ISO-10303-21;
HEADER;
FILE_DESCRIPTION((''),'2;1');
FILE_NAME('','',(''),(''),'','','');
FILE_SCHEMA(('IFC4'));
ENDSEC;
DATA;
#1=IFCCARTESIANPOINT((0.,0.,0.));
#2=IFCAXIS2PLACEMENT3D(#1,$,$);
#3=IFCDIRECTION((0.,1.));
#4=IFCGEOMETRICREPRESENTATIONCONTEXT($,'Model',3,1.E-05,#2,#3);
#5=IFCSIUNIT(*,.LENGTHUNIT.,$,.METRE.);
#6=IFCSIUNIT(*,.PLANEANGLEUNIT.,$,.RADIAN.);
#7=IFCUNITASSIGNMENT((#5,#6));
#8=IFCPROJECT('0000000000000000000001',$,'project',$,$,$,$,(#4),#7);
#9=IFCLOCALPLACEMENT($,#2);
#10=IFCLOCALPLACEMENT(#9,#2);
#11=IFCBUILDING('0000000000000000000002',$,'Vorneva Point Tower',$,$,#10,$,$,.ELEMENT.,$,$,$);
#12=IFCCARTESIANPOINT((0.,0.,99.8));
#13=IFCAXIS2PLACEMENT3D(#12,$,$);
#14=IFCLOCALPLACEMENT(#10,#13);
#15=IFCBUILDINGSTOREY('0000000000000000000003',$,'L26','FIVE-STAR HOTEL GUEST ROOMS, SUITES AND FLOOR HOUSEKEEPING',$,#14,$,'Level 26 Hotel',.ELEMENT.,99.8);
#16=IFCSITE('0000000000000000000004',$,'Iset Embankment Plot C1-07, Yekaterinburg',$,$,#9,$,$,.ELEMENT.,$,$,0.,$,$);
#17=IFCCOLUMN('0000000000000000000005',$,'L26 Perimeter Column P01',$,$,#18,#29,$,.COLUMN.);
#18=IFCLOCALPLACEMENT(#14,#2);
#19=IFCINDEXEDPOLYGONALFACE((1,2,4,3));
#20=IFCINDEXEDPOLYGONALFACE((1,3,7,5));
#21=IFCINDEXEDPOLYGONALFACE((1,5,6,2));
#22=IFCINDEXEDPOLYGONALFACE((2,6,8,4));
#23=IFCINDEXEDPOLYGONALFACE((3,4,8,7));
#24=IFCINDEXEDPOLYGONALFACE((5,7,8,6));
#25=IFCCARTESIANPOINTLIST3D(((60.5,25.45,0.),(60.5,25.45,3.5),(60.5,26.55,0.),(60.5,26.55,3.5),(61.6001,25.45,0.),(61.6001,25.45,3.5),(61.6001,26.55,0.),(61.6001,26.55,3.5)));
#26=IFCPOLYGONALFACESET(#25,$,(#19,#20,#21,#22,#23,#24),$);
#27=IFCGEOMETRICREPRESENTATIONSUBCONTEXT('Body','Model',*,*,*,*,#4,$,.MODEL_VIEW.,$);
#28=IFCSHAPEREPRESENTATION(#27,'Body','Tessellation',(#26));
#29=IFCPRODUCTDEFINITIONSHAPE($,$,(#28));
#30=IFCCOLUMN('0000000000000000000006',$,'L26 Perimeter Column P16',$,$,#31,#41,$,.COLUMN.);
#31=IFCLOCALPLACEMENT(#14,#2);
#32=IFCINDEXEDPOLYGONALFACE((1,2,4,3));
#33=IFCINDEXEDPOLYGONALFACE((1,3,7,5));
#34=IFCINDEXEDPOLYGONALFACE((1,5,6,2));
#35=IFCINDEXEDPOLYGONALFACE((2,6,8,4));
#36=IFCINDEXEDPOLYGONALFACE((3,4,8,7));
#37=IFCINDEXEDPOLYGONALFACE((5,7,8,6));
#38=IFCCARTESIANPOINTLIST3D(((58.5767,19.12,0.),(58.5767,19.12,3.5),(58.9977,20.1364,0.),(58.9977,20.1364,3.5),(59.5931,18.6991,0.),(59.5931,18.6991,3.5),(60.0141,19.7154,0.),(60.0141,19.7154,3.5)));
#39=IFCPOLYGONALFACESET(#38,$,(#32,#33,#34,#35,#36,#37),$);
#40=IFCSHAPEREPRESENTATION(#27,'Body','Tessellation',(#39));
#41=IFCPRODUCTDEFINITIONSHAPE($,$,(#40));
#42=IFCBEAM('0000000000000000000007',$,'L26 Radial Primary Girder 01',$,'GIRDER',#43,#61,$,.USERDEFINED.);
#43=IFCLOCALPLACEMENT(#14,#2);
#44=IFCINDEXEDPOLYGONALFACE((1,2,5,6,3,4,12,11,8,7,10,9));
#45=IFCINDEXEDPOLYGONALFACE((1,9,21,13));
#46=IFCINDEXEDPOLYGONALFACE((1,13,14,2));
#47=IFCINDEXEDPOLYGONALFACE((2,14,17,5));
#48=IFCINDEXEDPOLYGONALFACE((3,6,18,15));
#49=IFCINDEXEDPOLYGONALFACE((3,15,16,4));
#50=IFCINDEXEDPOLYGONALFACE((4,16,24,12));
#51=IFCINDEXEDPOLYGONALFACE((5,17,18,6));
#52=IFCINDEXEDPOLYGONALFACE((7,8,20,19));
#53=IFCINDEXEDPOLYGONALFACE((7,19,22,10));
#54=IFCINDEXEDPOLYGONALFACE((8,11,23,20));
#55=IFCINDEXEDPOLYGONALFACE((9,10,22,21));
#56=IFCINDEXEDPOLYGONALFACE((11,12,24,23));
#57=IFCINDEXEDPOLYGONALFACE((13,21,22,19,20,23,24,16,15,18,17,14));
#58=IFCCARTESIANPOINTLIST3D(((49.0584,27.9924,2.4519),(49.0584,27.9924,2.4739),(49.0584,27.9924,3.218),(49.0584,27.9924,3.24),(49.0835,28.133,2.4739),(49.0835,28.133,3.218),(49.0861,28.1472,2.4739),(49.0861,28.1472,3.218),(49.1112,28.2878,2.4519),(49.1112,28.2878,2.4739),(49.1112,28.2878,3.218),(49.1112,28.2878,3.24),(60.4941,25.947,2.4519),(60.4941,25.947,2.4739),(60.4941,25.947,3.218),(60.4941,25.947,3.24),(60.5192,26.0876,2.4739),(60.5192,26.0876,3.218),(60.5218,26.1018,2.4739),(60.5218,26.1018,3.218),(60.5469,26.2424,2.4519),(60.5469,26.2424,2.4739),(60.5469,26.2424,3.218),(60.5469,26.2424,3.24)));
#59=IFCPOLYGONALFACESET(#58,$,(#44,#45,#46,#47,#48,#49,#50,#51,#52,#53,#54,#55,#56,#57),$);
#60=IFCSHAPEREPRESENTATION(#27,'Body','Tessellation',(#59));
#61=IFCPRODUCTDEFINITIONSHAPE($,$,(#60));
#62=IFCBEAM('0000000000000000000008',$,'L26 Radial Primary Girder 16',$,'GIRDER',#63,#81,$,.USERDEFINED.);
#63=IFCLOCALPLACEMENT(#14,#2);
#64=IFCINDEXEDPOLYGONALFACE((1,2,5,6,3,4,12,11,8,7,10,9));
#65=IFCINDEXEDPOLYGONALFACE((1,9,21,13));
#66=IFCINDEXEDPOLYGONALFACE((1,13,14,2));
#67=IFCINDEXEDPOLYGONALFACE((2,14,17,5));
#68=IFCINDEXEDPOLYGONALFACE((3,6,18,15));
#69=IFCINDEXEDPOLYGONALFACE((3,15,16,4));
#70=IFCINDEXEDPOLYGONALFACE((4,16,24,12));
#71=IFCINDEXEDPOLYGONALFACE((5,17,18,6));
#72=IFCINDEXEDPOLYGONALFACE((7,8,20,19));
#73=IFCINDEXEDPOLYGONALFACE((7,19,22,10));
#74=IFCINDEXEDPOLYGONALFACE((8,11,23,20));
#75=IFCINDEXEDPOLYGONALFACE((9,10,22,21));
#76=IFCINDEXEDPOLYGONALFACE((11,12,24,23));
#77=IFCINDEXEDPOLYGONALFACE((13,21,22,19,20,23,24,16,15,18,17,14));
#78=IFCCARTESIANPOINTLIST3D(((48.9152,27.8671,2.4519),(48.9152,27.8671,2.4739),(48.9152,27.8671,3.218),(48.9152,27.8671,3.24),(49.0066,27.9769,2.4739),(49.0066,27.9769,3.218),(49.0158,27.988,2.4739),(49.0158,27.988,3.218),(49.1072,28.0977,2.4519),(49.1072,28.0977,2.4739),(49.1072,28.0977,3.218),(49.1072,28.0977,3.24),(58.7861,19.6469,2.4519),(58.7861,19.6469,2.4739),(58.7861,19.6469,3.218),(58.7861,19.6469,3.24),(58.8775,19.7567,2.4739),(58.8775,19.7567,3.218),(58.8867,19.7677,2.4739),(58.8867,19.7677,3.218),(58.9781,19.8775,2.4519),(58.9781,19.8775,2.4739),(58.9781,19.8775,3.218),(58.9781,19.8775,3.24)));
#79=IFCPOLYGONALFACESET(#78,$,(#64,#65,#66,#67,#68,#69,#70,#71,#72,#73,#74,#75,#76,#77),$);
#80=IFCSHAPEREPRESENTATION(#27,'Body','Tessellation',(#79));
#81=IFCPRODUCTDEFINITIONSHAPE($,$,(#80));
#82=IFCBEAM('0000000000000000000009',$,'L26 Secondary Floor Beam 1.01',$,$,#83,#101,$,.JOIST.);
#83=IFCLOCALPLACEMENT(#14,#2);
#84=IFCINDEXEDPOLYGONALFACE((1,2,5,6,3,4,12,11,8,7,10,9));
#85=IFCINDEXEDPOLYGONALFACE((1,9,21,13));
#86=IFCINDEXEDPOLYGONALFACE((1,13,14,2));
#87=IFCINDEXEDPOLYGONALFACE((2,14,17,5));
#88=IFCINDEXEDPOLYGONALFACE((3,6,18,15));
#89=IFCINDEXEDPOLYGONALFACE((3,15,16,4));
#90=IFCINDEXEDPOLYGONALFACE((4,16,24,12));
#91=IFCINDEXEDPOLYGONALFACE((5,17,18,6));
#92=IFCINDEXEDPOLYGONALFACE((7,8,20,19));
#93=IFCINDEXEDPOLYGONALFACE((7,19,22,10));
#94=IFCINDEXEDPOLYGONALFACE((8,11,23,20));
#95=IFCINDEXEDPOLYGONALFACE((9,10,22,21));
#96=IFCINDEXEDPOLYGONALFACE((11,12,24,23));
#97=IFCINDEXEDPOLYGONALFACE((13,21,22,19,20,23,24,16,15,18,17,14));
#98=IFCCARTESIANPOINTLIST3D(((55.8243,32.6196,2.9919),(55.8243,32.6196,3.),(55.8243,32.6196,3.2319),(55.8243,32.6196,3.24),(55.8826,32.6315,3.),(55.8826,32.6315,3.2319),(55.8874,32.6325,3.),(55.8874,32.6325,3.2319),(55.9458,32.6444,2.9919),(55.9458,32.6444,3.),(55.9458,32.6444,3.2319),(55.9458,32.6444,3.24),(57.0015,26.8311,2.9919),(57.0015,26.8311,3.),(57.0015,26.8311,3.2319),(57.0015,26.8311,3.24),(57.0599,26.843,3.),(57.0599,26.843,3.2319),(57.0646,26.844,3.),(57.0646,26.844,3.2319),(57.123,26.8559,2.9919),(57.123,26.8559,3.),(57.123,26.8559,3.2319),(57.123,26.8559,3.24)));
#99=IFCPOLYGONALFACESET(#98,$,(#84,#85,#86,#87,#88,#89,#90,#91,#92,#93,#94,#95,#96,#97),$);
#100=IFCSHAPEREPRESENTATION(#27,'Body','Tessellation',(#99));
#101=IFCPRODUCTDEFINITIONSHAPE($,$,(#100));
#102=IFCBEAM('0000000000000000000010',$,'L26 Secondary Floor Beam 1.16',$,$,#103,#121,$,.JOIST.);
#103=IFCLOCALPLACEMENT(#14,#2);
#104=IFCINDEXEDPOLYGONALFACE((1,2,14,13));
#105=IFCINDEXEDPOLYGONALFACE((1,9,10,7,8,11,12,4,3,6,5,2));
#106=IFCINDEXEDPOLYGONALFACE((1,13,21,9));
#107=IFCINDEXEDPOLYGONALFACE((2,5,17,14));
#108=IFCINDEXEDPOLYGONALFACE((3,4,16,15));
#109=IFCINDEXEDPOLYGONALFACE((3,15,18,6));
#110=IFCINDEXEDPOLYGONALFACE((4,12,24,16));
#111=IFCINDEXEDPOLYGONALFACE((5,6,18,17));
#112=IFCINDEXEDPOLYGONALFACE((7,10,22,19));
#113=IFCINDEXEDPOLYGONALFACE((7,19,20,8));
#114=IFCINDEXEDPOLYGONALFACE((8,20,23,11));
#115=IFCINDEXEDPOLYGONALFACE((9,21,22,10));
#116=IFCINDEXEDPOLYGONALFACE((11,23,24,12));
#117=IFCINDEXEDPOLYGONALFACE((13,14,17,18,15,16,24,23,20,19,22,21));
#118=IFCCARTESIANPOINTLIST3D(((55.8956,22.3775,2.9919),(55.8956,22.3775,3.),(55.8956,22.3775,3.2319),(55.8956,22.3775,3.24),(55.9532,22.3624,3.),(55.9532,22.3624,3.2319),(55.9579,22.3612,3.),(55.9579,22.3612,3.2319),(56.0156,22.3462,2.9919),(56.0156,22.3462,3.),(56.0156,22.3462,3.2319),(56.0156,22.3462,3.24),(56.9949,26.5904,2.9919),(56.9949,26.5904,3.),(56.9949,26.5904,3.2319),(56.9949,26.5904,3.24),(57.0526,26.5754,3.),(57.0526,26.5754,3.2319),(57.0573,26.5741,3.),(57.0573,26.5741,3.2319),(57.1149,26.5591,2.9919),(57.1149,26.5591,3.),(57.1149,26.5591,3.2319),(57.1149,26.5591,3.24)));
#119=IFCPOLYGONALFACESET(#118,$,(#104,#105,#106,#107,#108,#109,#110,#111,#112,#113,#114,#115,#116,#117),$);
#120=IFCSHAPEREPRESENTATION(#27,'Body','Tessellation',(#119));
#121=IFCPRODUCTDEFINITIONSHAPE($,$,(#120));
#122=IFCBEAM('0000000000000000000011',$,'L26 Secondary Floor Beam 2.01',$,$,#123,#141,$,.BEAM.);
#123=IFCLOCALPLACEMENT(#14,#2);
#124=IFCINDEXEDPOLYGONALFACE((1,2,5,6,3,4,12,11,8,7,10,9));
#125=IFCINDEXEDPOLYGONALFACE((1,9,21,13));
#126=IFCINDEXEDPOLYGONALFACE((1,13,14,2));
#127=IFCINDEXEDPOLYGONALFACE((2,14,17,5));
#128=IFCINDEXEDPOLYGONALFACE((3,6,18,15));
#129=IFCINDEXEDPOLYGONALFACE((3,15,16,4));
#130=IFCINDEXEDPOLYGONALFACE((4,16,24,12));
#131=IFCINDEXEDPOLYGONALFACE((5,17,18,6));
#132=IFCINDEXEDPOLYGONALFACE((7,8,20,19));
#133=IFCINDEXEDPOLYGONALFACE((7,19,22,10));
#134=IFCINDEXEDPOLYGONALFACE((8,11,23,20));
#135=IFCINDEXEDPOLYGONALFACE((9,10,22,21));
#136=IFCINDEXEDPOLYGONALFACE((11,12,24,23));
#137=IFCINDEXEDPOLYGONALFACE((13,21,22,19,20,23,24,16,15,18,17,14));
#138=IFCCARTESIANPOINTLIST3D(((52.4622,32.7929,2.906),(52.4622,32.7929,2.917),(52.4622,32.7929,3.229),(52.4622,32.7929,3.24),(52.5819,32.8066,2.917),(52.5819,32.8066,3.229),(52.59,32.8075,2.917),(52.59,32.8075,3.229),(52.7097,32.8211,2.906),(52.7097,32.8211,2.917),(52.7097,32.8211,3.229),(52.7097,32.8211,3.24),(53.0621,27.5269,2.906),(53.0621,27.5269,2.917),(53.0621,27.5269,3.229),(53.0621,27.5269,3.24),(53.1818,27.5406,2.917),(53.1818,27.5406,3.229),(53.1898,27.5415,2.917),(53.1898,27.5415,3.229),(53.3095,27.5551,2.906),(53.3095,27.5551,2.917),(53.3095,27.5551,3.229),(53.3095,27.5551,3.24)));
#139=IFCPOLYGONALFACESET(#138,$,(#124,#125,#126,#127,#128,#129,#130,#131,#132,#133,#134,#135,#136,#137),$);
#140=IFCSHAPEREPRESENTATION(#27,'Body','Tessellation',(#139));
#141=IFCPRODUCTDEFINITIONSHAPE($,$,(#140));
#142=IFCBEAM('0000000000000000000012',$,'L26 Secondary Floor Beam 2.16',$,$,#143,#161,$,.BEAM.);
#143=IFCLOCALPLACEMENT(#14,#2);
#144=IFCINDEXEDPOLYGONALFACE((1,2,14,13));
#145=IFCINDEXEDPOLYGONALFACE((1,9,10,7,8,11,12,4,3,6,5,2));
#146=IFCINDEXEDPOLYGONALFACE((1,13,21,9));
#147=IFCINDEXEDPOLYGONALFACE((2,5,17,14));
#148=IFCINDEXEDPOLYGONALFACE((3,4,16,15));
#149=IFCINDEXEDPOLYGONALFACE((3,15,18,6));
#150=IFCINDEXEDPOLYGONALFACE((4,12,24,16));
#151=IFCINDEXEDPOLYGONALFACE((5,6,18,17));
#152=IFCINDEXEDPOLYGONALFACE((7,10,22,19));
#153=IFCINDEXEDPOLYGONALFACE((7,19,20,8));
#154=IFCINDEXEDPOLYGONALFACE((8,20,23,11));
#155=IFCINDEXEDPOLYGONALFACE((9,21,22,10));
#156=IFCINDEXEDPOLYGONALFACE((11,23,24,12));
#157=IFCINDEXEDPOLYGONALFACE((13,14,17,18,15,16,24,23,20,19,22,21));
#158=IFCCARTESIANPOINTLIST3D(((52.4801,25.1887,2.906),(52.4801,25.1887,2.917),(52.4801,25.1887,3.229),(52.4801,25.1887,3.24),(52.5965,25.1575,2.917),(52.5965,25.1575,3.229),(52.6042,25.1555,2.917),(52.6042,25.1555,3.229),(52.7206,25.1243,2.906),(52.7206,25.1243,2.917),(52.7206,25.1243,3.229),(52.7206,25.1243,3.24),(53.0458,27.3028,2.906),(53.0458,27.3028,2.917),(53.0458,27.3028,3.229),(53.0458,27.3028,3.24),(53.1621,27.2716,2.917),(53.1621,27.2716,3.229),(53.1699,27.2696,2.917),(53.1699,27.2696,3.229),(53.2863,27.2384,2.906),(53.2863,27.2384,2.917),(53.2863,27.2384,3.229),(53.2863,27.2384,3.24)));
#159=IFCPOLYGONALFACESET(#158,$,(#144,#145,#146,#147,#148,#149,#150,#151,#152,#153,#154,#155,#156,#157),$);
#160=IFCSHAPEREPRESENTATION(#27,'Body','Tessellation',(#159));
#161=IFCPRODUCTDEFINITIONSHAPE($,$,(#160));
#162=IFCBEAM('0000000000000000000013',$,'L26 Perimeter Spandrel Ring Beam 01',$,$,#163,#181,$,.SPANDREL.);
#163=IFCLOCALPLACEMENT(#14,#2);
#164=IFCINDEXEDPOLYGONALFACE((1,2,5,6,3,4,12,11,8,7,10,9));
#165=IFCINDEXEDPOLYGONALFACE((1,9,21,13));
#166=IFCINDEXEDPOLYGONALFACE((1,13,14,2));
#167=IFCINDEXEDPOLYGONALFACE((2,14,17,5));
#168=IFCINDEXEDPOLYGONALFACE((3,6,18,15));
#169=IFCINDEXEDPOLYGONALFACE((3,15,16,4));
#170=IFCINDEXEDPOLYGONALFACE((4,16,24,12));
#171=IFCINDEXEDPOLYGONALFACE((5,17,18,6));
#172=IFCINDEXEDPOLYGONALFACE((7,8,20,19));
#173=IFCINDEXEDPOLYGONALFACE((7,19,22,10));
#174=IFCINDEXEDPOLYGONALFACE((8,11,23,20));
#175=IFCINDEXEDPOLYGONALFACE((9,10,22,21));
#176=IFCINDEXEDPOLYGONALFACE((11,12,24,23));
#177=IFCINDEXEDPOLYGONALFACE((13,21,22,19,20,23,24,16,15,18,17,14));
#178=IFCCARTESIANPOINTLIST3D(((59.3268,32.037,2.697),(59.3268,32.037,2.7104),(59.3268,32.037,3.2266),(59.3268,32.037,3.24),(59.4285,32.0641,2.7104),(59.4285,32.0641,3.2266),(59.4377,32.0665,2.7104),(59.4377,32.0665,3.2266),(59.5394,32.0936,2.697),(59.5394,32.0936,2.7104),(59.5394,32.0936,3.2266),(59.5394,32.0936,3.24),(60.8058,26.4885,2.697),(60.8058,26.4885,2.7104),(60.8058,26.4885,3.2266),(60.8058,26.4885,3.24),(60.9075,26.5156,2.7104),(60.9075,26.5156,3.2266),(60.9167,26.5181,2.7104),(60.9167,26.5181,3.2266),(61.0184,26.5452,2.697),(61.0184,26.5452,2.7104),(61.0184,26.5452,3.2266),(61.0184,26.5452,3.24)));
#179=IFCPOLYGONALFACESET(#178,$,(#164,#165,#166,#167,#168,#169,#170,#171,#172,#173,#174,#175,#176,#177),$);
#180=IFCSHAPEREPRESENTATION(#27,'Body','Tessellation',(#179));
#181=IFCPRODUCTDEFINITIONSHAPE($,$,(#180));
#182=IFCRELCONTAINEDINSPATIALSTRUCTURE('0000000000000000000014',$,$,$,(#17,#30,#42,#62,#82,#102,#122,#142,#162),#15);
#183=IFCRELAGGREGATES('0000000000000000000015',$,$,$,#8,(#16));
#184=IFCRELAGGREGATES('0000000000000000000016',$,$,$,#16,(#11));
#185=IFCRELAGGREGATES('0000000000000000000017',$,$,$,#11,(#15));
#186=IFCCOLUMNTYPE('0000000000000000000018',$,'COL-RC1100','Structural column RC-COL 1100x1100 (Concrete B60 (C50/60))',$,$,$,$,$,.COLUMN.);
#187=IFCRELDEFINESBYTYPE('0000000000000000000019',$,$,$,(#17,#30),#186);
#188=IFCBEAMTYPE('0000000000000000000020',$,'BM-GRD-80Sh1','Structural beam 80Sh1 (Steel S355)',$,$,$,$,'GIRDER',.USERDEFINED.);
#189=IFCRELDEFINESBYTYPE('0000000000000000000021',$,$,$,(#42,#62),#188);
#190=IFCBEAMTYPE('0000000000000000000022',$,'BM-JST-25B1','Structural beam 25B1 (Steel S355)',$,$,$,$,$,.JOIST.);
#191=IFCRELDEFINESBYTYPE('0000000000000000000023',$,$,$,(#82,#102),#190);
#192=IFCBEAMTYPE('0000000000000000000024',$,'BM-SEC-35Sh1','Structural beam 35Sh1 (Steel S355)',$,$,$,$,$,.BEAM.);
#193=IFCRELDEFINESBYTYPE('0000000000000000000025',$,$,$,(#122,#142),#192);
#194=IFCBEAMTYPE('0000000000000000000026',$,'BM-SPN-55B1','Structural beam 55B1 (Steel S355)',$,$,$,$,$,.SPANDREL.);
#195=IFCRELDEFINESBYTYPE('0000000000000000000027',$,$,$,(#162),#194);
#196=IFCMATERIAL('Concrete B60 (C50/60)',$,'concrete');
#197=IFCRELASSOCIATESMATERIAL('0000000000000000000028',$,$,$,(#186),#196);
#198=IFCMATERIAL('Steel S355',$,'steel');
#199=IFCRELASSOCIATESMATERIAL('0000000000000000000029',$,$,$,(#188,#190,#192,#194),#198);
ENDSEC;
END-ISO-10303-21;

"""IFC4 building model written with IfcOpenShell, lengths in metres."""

from ifc_helpers import new_model, si_unit, direction, frame, origin, origin_2d, place, context, subcontext, project, spatial, rectangle, i_section, extrude, material, material_profile, profile_set, type_object, element, save


model = new_model("IFC4")

# Units and contexts
model_context = context("Model", 3, precision=1e-05, world=origin(), true_north=direction((0.0, 1.0)))
body_context = subcontext(model_context, "Body", "Model", "MODEL_VIEW")
ifc_project = project(units=[si_unit("LENGTHUNIT", "METRE"), si_unit("PLANEANGLEUNIT", "RADIAN")], contexts=[model_context])

# Site, building, storey
site_placement = place(None, origin())
site = spatial("IfcSite", under=ifc_project, at=site_placement, Name="Iset Embankment Plot C1-07, Yekaterinburg", CompositionType="ELEMENT", RefElevation=0.0)
building_placement = place(site_placement, origin())
building = spatial("IfcBuilding", under=site, at=building_placement, Name="Vorneva Point Tower", CompositionType="ELEMENT")
storey_placement = place(building_placement, frame((0.0, 0.0, 99.8)))
storey = spatial("IfcBuildingStorey", under=building, at=storey_placement, Name="L26", Description="FIVE-STAR HOTEL GUEST ROOMS, SUITES AND FLOOR HOUSEKEEPING", LongName="Level 26 Hotel", CompositionType="ELEMENT", Elevation=99.8)

# Columns
ifc_material_1 = material(Name="Concrete B60 (C50/60)", Category="concrete")
ifc_material_profile_1 = material_profile(ifc_material_1, rectangle(XDim=1.1001, YDim=1.1001, at=origin_2d()), Name="RC-COL 1100x1100")
ifc_profile_set_1 = profile_set([ifc_material_profile_1], Name="Concrete B60 (C50/60)")
column_type = type_object("IfcColumnType", Name="COL-RC1100", Description="Structural column RC-COL 1100x1100 (Concrete B60 (C50/60))", PredefinedType="COLUMN", material=ifc_profile_set_1)
for number, where, z_axis, x_axis, name in (
    (1, (61.05, 26.0, 0.0), (0.0, 0.0, 1.0), (1.0, 0.0, 0.0), "L26 Perimeter Column P01"),
    (2, (59.2954, 19.4177, 0.0), (0.0, 0.0, 1.0), (0.92388, -0.382683, 0.0), "L26 Perimeter Column P16"),
):
    element("IfcColumn", number, at=place(storey_placement, frame(where, z_axis=z_axis, x_axis=x_axis)), inside=storey, type_object=column_type, Name=name, PredefinedType="COLUMN", context=body_context, shape_type="SweptSolid", body=[
        extrude(rectangle(XDim=1.1001, YDim=1.1001, at=origin_2d()), origin(), (0.0, 0.0, 1.0), 3.5),
    ])

# Beams
ifc_material_2 = material(Name="Steel S355", Category="steel")
ifc_material_profile_2 = material_profile(ifc_material_2, i_section(OverallWidth=0.3, OverallDepth=0.7881, WebThickness=0.0144, FlangeThickness=0.022, at=origin_2d()), Name="80Sh1")
ifc_profile_set_2 = profile_set([ifc_material_profile_2], Name="Steel S355")
beam_type_1 = type_object("IfcBeamType", Name="BM-GRD-80Sh1", Description="Structural beam 80Sh1 (Steel S355)", ElementType="GIRDER", PredefinedType="USERDEFINED", material=ifc_profile_set_2)
beam_1_placement = place(storey_placement, frame((60.5205, 26.0947, 2.8459), z_axis=(-0.984378, 0.176066, 0.0), x_axis=(-0.176066, -0.984378, 0.0)))
element("IfcBeam", 3, at=beam_1_placement, inside=storey, type_object=beam_type_1, Name="L26 Radial Primary Girder 01", ObjectType="GIRDER", PredefinedType="USERDEFINED", context=body_context, shape_type="SweptSolid", body=[
    extrude(i_section(OverallWidth=0.3, OverallDepth=0.7881, WebThickness=0.0144, FlangeThickness=0.022, at=origin_2d()), origin(), (0.0, 0.0, 1.0), 11.6172),
])
beam_2_placement = place(storey_placement, frame((58.8821, 19.7622, 2.8459), z_axis=(-0.768432, 0.639932, 0.0), x_axis=(-0.639932, -0.768432, 0.0)))
element("IfcBeam", 4, at=beam_2_placement, inside=storey, type_object=beam_type_1, Name="L26 Radial Primary Girder 16", ObjectType="GIRDER", PredefinedType="USERDEFINED", context=body_context, shape_type="SweptSolid", body=[
    extrude(i_section(OverallWidth=0.3, OverallDepth=0.7881, WebThickness=0.0144, FlangeThickness=0.022, at=origin_2d()), origin(), (0.0, 0.0, 1.0), 12.8455),
])
ifc_material_profile_3 = material_profile(ifc_material_2, i_section(OverallWidth=0.124, OverallDepth=0.248, WebThickness=0.0049, FlangeThickness=0.0081, at=origin_2d()), Name="25B1")
ifc_profile_set_3 = profile_set([ifc_material_profile_3], Name="Steel S355")
beam_type_2 = type_object("IfcBeamType", Name="BM-JST-25B1", Description="Structural beam 25B1 (Steel S355)", PredefinedType="JOIST", material=ifc_profile_set_3)
beam_3_placement = place(storey_placement, frame((57.0623, 26.8435, 3.116), z_axis=(-0.199294, 0.97994, 0.0), x_axis=(-0.97994, -0.199294, 0.0)))
element("IfcBeam", 5, at=beam_3_placement, inside=storey, type_object=beam_type_2, Name="L26 Secondary Floor Beam 1.01", PredefinedType="JOIST", context=body_context, shape_type="SweptSolid", body=[
    extrude(i_section(OverallWidth=0.124, OverallDepth=0.248, WebThickness=0.0049, FlangeThickness=0.0081, at=origin_2d()), origin(), (0.0, 0.0, 1.0), 5.907),
])
beam_4_placement = place(storey_placement, frame((55.9556, 22.3618, 3.116), z_axis=(0.252497, 0.967598, 0.0), x_axis=(-0.967598, 0.252497, 0.0)))
element("IfcBeam", 6, at=beam_4_placement, inside=storey, type_object=beam_type_2, Name="L26 Secondary Floor Beam 1.16", PredefinedType="JOIST", context=body_context, shape_type="SweptSolid", body=[
    extrude(i_section(OverallWidth=0.124, OverallDepth=0.248, WebThickness=0.0049, FlangeThickness=0.0081, at=origin_2d()), origin(), (0.0, 0.0, 1.0), 4.354),
])
ifc_material_profile_4 = material_profile(ifc_material_2, i_section(OverallWidth=0.249, OverallDepth=0.334, WebThickness=0.0081, FlangeThickness=0.011, at=origin_2d()), Name="35Sh1")
ifc_profile_set_4 = profile_set([ifc_material_profile_4], Name="Steel S355")
beam_type_3 = type_object("IfcBeamType", Name="BM-SEC-35Sh1", Description="Structural beam 35Sh1 (Steel S355)", PredefinedType="BEAM", material=ifc_profile_set_4)
beam_5_placement = place(storey_placement, frame((53.1858, 27.541, 3.073), z_axis=(-0.113176, 0.993575, 0.0), x_axis=(-0.993575, -0.113176, 0.0)))
element("IfcBeam", 7, at=beam_5_placement, inside=storey, type_object=beam_type_3, Name="L26 Secondary Floor Beam 2.01", PredefinedType="BEAM", context=body_context, shape_type="SweptSolid", body=[
    extrude(i_section(OverallWidth=0.249, OverallDepth=0.334, WebThickness=0.0081, FlangeThickness=0.011, at=origin_2d()), origin(), (0.0, 0.0, 1.0), 5.3),
])
beam_6_placement = place(storey_placement, frame((52.6003, 25.1565, 3.073), z_axis=(0.258489, 0.966014, 0.0), x_axis=(-0.966014, 0.258489, 0.0)))
element("IfcBeam", 8, at=beam_6_placement, inside=storey, type_object=beam_type_3, Name="L26 Secondary Floor Beam 2.16", PredefinedType="BEAM", context=body_context, shape_type="SweptSolid", body=[
    extrude(i_section(OverallWidth=0.249, OverallDepth=0.334, WebThickness=0.0081, FlangeThickness=0.011, at=origin_2d()), origin(), (0.0, 0.0, 1.0), 2.1885),
])
ifc_material_profile_5 = material_profile(ifc_material_2, i_section(OverallWidth=0.22, OverallDepth=0.543, WebThickness=0.0095, FlangeThickness=0.0134, at=origin_2d()), Name="55B1")
ifc_profile_set_5 = profile_set([ifc_material_profile_5], Name="Steel S355")
beam_type_4 = type_object("IfcBeamType", Name="BM-SPN-55B1", Description="Structural beam 55B1 (Steel S355)", PredefinedType="SPANDREL", material=ifc_profile_set_5)
for number, where, z_axis, x_axis, name in (
    (9, (60.9121, 26.5168, 2.9685), (-0.257573, 0.966259, 0.0), (-0.966259, -0.257573, 0.0), "L26 Perimeter Spandrel Ring Beam 01"),
):
    element("IfcBeam", number, at=place(storey_placement, frame(where, z_axis=z_axis, x_axis=x_axis)), inside=storey, type_object=beam_type_4, Name=name, PredefinedType="SPANDREL", context=body_context, shape_type="SweptSolid", body=[
        extrude(i_section(OverallWidth=0.22, OverallDepth=0.543, WebThickness=0.0095, FlangeThickness=0.0134, at=origin_2d()), origin(), (0.0, 0.0, 1.0), 5.7422),
    ])

save(model, "model.ifc")
